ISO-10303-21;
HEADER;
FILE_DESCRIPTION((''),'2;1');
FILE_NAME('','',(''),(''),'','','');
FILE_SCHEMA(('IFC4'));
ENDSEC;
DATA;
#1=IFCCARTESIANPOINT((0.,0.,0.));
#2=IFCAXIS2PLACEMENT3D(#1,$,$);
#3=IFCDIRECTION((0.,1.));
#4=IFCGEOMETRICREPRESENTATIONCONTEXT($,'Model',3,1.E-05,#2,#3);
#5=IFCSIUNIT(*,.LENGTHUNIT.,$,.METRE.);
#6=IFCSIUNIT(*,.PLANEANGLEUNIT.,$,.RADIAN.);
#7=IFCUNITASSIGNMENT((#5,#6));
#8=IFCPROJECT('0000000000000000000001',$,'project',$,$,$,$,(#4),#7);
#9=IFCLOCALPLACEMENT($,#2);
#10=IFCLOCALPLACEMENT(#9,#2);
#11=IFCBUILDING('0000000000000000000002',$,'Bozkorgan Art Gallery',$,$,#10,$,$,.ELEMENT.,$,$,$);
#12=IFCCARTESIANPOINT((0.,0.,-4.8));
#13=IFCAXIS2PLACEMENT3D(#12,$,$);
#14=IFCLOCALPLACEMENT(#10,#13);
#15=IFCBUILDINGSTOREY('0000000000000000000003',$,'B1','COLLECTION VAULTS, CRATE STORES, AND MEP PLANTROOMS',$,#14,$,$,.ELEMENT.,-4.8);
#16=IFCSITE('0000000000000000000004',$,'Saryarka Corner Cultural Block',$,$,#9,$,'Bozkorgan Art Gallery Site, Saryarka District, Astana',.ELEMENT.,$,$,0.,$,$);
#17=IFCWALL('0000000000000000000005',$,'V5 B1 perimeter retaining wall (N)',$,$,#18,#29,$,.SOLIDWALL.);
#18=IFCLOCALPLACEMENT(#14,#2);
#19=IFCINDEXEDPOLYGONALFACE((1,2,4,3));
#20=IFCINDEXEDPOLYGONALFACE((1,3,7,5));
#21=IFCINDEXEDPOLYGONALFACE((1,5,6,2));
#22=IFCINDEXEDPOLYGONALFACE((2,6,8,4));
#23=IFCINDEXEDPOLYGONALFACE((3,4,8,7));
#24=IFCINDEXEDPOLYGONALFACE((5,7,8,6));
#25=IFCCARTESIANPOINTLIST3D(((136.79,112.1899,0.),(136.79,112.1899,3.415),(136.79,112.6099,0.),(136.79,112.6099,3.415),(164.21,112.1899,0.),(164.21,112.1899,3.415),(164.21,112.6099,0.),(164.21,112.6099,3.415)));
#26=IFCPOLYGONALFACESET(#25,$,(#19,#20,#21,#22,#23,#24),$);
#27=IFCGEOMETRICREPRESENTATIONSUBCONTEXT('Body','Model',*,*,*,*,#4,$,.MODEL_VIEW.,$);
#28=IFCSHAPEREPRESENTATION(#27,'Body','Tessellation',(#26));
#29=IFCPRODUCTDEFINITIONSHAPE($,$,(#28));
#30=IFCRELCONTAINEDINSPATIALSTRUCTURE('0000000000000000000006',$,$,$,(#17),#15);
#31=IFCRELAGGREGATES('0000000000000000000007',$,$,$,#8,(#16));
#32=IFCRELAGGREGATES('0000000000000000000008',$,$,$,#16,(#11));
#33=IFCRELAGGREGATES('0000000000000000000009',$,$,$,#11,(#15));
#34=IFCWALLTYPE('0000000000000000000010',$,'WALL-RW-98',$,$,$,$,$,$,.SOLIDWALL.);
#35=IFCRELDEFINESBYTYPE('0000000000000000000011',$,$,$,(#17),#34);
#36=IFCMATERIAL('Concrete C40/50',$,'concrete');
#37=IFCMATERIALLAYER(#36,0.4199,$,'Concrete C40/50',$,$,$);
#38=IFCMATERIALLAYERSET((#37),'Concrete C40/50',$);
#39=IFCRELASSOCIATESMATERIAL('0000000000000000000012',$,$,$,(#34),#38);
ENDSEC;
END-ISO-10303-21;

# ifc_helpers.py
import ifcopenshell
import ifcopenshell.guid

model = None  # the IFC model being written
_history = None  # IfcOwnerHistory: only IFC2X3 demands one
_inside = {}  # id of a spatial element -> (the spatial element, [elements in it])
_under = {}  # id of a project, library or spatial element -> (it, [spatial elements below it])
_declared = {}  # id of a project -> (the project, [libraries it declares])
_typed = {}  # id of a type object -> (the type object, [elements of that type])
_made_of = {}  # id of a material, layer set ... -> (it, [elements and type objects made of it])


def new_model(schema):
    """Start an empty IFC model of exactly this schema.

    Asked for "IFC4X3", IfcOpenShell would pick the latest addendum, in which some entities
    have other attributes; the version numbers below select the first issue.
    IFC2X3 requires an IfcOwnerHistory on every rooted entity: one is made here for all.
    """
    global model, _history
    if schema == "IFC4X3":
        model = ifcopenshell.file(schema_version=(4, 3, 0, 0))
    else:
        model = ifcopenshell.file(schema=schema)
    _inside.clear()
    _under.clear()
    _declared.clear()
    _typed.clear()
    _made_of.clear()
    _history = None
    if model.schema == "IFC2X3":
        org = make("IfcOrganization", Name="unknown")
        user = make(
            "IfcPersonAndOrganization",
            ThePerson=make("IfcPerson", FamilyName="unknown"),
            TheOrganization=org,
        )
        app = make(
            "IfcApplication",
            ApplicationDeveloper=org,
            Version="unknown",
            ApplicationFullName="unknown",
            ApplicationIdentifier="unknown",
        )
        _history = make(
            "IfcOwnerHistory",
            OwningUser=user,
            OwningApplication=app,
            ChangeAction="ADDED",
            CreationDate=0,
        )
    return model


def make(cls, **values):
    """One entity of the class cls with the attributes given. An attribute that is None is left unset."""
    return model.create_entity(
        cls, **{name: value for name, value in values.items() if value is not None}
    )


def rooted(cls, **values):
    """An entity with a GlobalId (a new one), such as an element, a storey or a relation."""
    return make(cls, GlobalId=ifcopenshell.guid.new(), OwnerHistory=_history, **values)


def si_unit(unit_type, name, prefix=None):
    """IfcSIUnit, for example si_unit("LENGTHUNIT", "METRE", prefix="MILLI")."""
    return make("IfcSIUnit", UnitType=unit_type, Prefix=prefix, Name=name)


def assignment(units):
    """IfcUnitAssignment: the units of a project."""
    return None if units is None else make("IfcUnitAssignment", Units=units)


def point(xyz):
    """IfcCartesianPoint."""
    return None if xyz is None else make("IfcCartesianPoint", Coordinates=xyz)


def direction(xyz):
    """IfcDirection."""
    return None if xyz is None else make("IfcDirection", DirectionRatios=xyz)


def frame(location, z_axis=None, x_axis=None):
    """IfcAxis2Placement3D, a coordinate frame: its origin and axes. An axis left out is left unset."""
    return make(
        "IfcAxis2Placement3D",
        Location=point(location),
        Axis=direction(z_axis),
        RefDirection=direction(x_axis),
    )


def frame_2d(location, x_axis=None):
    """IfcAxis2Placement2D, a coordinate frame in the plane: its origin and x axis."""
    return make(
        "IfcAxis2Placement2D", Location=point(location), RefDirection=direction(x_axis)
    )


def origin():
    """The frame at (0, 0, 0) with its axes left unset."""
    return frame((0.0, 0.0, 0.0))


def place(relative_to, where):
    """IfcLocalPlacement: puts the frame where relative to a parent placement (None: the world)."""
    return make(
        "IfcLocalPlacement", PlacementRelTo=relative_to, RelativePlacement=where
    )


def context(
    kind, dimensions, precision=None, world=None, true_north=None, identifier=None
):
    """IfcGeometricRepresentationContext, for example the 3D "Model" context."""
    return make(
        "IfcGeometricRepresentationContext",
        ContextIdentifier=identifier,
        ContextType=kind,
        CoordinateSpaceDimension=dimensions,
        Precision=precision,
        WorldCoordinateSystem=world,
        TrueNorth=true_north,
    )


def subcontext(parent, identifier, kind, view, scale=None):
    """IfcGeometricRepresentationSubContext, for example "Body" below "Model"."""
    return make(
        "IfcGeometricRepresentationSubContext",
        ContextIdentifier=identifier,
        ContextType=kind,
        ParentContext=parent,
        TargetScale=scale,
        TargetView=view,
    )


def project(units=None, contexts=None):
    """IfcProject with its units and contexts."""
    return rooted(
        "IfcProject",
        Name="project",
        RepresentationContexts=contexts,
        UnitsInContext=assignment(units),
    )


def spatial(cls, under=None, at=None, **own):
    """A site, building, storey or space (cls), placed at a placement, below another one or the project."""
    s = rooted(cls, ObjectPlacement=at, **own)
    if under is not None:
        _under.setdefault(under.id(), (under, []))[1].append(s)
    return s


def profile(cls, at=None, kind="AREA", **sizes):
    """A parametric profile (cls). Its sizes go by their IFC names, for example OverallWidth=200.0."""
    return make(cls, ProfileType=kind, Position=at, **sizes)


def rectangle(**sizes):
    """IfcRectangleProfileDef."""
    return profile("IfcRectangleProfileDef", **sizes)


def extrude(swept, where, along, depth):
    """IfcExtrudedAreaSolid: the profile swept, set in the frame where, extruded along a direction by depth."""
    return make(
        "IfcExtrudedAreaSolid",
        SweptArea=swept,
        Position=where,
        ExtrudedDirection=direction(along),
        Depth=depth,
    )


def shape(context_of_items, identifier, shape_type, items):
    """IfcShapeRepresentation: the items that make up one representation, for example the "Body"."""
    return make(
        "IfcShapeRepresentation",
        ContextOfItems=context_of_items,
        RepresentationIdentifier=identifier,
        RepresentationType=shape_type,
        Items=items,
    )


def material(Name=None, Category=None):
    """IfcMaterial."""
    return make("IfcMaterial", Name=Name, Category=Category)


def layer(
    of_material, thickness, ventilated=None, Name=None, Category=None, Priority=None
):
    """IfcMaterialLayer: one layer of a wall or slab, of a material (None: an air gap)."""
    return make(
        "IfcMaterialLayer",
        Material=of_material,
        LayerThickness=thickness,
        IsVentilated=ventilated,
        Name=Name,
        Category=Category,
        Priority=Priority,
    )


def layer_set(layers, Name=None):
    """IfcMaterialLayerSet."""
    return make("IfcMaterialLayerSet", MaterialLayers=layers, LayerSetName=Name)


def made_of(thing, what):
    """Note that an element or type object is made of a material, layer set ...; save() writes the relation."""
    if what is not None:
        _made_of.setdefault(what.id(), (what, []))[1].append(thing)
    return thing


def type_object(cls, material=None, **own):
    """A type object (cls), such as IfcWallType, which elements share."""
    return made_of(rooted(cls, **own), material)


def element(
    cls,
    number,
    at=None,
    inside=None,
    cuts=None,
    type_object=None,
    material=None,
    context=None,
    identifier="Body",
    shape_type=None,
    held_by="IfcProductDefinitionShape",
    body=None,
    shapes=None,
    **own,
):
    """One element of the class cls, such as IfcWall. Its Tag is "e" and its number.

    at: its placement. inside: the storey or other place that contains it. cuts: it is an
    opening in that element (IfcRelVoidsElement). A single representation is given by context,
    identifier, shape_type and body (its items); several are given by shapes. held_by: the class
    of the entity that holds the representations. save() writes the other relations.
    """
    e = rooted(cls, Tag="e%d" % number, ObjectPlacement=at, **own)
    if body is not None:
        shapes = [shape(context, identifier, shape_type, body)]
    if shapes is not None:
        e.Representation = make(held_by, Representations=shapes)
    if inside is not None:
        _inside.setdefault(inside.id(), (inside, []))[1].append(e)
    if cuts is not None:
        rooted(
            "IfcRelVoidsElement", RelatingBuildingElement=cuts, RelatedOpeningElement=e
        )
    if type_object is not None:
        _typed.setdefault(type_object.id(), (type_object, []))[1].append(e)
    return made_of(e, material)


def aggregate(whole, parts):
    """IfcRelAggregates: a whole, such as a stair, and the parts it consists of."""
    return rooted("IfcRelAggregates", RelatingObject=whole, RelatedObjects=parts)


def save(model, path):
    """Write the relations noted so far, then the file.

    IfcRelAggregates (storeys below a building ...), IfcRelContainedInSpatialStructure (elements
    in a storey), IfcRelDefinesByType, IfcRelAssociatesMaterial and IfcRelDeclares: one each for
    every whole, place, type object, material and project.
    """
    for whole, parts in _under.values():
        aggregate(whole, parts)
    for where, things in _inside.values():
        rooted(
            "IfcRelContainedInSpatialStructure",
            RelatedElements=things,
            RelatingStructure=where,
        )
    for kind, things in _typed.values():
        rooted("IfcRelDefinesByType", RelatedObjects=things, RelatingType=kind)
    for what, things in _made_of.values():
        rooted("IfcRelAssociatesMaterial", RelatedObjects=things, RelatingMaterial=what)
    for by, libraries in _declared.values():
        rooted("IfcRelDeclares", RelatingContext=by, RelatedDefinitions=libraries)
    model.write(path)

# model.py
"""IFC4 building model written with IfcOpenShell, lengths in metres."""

from ifc_helpers import new_model, si_unit, direction, frame, frame_2d, origin, place, context, subcontext, project, spatial, rectangle, extrude, material, layer, layer_set, type_object, element, save


model = new_model("IFC4")

# Units and contexts
model_context = context("Model", 3, precision=1e-05, world=origin(), true_north=direction((0.0, 1.0)))
body_context = subcontext(model_context, "Body", "Model", "MODEL_VIEW")
ifc_project = project(units=[si_unit("LENGTHUNIT", "METRE"), si_unit("PLANEANGLEUNIT", "RADIAN")], contexts=[model_context])

# Site, building, storey
site_placement = place(None, origin())
site = spatial("IfcSite", under=ifc_project, at=site_placement, Name="Saryarka Corner Cultural Block", LongName="Bozkorgan Art Gallery Site, Saryarka District, Astana", CompositionType="ELEMENT", RefElevation=0.0)
building_placement = place(site_placement, origin())
building = spatial("IfcBuilding", under=site, at=building_placement, Name="Bozkorgan Art Gallery", CompositionType="ELEMENT")
storey_placement = place(building_placement, frame((0.0, 0.0, -4.8)))
storey = spatial("IfcBuildingStorey", under=building, at=storey_placement, Name="B1", Description="COLLECTION VAULTS, CRATE STORES, AND MEP PLANTROOMS", CompositionType="ELEMENT", Elevation=-4.8)

# Shared definitions
ifc_material_1 = material(Name="Concrete C40/50", Category="concrete")

# Wall
ifc_layer = layer(ifc_material_1, 0.4199, Name="Concrete C40/50")
ifc_layer_set = layer_set([ifc_layer], Name="Concrete C40/50")
wall_type = type_object("IfcWallType", Name="WALL-RW-98", PredefinedType="SOLIDWALL", material=ifc_layer_set)
wall_placement = place(storey_placement, frame((136.79, 112.3999, 0.0), z_axis=(0.0, 0.0, 1.0), x_axis=(1.0, 0.0, 0.0)))
element("IfcWall", 1, at=wall_placement, inside=storey, type_object=wall_type, Name="V5 B1 perimeter retaining wall (N)", PredefinedType="SOLIDWALL", context=body_context, shape_type="SweptSolid", body=[
    extrude(rectangle(XDim=27.4199, YDim=0.4199, at=frame_2d((13.71, 0.0))), origin(), (0.0, 0.0, 1.0), 3.415),
])

save(model, "model.ifc")
